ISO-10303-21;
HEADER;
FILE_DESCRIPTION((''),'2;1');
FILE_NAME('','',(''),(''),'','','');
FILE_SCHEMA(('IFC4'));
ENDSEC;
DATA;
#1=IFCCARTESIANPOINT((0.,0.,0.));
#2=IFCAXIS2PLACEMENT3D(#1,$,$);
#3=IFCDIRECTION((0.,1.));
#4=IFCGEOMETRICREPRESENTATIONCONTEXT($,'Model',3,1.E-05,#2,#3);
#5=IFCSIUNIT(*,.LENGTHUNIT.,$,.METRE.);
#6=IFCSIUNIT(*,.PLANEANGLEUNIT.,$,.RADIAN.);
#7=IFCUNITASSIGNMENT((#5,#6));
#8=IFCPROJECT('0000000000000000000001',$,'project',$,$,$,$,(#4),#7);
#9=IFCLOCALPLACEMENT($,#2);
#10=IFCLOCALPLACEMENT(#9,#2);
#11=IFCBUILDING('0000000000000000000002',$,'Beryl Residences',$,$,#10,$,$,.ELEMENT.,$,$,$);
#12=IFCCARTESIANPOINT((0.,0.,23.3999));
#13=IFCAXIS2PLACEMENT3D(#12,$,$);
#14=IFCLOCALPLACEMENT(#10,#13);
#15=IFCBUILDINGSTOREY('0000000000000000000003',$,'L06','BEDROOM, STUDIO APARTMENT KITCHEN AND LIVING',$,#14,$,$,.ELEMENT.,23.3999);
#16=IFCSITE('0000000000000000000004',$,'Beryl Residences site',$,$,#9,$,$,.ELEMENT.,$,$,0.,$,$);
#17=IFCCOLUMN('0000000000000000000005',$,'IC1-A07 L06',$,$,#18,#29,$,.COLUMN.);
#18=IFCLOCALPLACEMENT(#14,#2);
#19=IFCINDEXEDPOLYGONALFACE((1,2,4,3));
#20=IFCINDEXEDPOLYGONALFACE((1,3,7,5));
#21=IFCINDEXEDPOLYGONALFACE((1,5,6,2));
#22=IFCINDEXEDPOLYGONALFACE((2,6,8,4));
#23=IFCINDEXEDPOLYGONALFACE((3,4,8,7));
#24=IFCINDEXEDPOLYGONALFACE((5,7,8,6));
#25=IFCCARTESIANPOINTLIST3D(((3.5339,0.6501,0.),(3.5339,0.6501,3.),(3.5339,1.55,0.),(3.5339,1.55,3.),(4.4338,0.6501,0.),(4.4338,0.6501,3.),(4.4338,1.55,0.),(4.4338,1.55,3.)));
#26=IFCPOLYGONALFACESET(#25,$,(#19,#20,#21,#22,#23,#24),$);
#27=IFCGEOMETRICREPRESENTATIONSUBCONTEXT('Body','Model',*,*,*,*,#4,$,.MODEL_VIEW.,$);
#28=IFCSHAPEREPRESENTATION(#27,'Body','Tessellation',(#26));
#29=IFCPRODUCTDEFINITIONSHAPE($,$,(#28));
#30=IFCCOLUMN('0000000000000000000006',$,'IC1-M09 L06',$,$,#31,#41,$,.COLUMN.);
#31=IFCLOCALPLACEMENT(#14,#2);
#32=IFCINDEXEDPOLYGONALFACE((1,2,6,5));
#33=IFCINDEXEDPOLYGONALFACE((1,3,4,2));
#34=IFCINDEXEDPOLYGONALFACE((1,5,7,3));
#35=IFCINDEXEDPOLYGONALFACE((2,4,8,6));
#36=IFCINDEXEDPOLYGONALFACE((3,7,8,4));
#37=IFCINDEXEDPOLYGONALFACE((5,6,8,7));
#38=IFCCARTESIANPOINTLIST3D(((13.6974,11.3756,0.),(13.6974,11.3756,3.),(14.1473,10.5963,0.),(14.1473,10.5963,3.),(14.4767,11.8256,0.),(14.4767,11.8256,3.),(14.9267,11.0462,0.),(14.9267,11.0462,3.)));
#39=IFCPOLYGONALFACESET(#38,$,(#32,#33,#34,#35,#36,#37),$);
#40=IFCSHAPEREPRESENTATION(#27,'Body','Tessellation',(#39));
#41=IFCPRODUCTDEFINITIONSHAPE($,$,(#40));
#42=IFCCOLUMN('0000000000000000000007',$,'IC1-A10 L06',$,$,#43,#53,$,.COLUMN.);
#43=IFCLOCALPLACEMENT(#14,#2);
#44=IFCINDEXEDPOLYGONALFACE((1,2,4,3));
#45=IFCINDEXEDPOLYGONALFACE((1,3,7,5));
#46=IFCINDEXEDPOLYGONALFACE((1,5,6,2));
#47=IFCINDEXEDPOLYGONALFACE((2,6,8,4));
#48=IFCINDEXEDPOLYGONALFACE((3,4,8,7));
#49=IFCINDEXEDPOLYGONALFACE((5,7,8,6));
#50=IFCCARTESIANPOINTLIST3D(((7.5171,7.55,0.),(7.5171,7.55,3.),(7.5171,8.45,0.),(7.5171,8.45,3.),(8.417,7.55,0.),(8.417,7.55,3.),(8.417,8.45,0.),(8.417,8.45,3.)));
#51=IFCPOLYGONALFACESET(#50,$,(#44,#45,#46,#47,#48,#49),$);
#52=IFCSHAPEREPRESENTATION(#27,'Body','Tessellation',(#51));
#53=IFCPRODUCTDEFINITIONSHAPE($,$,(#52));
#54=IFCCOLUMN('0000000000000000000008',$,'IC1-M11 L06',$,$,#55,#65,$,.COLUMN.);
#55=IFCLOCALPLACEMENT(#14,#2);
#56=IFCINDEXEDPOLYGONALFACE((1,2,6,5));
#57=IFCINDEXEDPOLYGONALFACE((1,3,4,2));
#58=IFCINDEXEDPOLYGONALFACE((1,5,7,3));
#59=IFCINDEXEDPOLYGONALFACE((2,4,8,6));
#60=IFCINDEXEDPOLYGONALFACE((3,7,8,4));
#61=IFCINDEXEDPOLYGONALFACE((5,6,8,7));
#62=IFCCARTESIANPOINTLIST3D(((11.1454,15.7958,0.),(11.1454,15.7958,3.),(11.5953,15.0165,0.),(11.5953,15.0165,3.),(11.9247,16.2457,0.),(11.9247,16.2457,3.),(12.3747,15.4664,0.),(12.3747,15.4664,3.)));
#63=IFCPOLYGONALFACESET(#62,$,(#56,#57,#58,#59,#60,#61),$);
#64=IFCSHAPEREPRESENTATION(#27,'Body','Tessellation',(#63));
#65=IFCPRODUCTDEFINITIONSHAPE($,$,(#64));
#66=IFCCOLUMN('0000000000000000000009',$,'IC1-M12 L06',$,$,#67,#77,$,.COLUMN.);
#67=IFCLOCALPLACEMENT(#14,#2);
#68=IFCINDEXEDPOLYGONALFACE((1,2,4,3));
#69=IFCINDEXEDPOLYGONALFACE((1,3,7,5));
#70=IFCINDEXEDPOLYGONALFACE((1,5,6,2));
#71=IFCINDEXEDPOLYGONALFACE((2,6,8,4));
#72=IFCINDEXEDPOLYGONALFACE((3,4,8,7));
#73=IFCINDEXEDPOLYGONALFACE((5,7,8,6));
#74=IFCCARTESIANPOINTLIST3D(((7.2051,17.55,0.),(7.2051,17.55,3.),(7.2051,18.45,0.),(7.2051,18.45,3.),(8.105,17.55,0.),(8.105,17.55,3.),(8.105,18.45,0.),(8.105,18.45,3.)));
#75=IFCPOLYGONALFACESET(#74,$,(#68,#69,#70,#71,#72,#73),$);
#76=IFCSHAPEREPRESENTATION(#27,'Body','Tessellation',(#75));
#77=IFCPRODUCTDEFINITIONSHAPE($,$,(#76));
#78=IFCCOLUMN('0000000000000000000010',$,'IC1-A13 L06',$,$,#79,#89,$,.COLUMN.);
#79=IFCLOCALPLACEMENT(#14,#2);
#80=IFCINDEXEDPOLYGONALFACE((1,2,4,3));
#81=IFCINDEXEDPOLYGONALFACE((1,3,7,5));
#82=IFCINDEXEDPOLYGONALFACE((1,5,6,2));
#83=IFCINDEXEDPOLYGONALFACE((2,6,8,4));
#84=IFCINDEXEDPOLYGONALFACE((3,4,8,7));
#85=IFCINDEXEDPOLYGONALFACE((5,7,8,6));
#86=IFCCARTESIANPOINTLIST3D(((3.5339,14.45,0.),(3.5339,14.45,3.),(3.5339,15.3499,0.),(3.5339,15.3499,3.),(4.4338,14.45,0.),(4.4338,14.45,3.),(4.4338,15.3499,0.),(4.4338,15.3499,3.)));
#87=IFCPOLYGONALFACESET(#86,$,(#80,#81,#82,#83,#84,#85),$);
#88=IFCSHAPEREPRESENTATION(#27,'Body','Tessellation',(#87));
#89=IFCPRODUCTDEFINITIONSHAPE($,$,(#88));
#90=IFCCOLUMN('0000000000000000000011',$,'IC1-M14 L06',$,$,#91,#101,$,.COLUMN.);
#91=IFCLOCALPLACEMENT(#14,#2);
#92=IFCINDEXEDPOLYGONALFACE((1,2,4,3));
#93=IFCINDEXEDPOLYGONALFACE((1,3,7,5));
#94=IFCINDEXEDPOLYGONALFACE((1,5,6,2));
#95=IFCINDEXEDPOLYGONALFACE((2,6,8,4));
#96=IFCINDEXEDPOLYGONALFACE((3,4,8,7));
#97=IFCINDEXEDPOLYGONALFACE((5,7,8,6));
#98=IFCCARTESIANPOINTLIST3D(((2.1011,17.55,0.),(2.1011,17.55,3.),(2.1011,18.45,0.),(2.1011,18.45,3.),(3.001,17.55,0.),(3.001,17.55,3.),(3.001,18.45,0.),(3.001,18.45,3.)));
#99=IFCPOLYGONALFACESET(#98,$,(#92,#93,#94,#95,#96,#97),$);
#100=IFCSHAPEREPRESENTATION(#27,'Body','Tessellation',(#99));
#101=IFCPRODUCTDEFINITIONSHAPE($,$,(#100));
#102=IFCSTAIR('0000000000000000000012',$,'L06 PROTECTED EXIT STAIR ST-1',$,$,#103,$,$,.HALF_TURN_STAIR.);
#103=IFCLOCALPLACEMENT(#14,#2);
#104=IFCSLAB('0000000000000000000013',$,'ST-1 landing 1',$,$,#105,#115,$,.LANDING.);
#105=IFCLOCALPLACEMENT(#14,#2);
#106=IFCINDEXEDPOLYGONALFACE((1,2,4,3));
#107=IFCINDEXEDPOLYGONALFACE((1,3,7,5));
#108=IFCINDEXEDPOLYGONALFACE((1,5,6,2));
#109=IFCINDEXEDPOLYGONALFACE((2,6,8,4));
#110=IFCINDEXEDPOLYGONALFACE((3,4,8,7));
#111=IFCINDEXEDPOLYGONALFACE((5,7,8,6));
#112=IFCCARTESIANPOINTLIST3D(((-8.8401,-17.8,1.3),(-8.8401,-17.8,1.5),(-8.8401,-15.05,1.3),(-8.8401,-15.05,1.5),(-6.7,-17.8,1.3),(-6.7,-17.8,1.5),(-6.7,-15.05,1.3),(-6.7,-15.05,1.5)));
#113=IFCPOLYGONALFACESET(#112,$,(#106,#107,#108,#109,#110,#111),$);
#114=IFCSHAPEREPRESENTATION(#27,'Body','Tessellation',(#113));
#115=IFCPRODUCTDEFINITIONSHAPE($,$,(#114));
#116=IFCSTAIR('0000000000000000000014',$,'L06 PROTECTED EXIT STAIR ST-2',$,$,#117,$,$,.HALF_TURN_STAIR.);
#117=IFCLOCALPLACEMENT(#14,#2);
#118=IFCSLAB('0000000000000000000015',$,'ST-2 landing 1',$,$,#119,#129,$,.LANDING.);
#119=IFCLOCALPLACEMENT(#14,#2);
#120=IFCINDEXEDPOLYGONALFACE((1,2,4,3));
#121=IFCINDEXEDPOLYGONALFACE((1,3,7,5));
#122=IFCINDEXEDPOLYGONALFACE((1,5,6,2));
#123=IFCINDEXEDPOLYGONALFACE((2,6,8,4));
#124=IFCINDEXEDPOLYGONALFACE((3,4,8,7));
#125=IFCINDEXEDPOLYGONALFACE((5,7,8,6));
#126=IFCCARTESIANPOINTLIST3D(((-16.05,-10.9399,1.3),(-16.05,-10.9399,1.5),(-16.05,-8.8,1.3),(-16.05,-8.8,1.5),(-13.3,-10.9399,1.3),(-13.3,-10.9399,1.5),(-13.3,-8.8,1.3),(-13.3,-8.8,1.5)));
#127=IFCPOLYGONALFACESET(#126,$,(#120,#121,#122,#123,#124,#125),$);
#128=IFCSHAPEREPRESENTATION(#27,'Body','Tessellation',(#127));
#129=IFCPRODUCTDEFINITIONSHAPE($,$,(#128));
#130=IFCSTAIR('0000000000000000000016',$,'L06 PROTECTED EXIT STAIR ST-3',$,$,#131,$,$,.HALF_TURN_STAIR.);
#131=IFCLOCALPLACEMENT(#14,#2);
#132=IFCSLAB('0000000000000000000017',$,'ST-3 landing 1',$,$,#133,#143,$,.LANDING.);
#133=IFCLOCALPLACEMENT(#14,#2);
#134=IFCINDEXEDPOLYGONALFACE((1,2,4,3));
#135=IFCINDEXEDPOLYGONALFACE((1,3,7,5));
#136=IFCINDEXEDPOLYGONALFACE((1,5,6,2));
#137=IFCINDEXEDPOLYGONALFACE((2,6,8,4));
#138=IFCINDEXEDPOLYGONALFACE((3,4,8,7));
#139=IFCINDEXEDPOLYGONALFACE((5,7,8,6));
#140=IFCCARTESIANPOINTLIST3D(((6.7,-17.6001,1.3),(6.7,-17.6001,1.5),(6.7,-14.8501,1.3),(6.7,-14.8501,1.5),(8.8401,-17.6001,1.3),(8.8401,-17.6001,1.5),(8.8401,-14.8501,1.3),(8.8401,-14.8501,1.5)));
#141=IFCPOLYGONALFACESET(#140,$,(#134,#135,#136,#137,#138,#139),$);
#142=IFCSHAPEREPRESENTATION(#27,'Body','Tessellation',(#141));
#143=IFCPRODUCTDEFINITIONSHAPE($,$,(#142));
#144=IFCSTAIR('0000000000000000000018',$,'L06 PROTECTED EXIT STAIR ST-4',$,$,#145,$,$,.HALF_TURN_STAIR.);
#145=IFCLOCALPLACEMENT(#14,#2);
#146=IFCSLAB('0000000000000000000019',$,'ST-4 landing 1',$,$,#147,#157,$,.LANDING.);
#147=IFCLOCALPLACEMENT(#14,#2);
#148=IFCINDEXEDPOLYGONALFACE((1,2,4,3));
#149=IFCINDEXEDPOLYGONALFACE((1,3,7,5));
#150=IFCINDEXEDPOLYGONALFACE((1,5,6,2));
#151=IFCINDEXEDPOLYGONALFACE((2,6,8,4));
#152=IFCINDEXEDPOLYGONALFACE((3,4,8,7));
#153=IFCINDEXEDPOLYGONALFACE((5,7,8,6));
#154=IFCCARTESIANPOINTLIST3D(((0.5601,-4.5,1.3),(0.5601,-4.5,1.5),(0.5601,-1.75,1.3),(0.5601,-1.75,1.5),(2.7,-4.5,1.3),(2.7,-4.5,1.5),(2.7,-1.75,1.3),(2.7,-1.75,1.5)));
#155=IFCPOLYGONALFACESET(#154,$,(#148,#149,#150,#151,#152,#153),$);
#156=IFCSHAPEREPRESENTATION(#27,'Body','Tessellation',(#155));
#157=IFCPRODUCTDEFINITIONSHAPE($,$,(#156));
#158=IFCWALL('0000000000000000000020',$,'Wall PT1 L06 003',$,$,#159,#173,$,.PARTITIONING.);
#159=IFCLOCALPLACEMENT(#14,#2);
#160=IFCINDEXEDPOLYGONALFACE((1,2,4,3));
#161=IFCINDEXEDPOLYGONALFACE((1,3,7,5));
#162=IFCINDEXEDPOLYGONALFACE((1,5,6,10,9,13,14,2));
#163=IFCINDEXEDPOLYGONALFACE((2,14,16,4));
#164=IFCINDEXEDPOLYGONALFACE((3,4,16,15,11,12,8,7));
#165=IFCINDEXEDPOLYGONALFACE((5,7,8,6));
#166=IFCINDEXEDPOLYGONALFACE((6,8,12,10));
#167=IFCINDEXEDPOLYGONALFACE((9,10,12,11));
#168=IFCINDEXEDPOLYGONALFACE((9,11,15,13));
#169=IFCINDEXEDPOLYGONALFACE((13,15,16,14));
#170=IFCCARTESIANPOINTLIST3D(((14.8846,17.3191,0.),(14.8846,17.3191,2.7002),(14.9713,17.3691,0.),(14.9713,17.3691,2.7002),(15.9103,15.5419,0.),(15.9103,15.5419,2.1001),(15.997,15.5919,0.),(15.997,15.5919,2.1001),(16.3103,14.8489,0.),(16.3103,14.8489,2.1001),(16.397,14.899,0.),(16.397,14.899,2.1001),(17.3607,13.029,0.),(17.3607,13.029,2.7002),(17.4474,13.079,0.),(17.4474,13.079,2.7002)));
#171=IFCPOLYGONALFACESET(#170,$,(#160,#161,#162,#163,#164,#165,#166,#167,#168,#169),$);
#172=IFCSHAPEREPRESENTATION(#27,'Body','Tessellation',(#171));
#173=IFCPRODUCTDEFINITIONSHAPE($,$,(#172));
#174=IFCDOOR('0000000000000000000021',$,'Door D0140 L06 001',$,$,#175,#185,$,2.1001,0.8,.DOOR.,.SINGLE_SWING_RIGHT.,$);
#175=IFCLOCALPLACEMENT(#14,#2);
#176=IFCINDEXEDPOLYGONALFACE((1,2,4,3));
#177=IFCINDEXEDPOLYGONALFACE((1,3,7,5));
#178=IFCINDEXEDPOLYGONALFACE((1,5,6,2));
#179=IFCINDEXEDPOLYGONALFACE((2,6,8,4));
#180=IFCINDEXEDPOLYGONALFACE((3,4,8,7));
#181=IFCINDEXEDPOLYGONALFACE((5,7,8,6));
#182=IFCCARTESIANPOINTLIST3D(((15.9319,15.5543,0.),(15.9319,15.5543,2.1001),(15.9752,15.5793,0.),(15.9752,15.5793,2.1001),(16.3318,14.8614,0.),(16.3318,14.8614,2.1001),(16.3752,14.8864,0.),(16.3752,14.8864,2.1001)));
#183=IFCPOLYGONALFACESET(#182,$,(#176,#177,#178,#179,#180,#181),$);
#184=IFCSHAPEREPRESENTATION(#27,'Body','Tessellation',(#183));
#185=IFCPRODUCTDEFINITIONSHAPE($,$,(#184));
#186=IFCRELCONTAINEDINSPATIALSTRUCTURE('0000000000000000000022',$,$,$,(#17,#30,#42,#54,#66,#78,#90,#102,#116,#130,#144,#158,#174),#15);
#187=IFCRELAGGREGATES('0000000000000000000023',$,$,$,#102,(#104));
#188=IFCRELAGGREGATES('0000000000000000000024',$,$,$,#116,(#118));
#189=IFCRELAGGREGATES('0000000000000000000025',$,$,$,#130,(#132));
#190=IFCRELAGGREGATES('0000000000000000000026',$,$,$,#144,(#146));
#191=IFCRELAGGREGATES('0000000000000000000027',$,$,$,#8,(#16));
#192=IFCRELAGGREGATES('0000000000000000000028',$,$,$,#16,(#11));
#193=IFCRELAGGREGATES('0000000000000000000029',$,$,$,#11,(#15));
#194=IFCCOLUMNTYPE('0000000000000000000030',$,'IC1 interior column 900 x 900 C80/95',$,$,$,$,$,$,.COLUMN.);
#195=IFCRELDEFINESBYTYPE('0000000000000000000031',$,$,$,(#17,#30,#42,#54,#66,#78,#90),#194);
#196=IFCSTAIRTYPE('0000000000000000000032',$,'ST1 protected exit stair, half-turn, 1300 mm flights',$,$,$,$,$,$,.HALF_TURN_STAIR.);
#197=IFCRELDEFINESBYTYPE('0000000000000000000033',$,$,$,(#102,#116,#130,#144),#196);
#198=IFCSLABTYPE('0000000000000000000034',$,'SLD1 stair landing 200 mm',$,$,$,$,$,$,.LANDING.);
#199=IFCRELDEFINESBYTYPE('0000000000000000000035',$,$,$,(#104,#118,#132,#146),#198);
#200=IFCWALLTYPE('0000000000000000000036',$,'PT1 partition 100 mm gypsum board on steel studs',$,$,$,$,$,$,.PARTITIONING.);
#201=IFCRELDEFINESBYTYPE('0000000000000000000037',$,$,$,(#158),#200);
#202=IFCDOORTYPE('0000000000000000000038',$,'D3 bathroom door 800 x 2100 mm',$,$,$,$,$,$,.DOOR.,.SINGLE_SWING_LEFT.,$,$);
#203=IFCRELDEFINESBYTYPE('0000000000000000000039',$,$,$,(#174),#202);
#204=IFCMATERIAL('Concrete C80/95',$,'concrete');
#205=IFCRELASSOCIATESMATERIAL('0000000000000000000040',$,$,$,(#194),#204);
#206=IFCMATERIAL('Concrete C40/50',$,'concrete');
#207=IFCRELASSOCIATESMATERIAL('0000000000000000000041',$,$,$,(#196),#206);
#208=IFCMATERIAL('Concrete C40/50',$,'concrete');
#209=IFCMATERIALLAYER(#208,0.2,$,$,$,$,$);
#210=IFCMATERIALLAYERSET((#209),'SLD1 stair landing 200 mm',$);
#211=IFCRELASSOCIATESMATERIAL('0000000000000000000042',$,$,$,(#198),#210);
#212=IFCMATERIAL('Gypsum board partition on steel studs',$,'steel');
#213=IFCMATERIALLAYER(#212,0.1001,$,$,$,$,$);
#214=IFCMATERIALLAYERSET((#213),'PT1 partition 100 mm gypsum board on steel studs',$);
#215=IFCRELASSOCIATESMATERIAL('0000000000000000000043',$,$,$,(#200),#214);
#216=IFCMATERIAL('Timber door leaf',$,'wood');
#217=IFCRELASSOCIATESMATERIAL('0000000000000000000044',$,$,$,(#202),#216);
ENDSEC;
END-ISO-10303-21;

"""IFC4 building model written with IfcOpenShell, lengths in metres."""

from ifc_helpers import new_model, si_unit, direction, frame, frame_2d, origin, origin_2d, place, context, subcontext, project, spatial, polyline, rectangle, outline, extrude, material, layer, layer_set, material_profile, profile_set, type_object, element, fill, aggregate, save


model = new_model("IFC4")

# Units and contexts
model_context = context("Model", 3, precision=1e-05, world=origin(), true_north=direction((0.0, 1.0)))
body_context = subcontext(model_context, "Body", "Model", "MODEL_VIEW")
ifc_project = project(units=[si_unit("LENGTHUNIT", "METRE"), si_unit("PLANEANGLEUNIT", "RADIAN")], contexts=[model_context])

# Site, building, storey
site_placement = place(None, origin())
site = spatial("IfcSite", under=ifc_project, at=site_placement, Name="Beryl Residences site", CompositionType="ELEMENT", RefElevation=0.0)
building_placement = place(site_placement, origin())
building = spatial("IfcBuilding", under=site, at=building_placement, Name="Beryl Residences", CompositionType="ELEMENT")
storey_placement = place(building_placement, frame((0.0, 0.0, 23.3999)))
storey = spatial("IfcBuildingStorey", under=building, at=storey_placement, Name="L06", Description="BEDROOM, STUDIO APARTMENT KITCHEN AND LIVING", CompositionType="ELEMENT", Elevation=23.3999)

# Columns
ifc_material_1 = material(Name="Concrete C80/95", Category="concrete")
ifc_material_profile = material_profile(ifc_material_1, rectangle(XDim=0.8999, YDim=0.8999, at=origin_2d()))
ifc_profile_set = profile_set([ifc_material_profile], Name="Concrete C80/95")
column_type = type_object("IfcColumnType", Name="IC1 interior column 900 x 900 C80/95", PredefinedType="COLUMN", material=ifc_profile_set)
for number, where, z_axis, x_axis, name in (
    (1, (3.9839, 1.1001, 0.0), (0.0, 0.0, 1.0), (1.0, 0.0, 0.0), "IC1-A07 L06"),
    (2, (14.312, 11.2109, 0.0), (0.0, 0.0, 1.0), (-0.499985, 0.866034, 0.0), "IC1-M09 L06"),
    (3, (7.967, 8.0, 0.0), (0.0, 0.0, 1.0), (1.0, 0.0, 0.0), "IC1-A10 L06"),
    (4, (11.76, 15.6311, 0.0), (0.0, 0.0, 1.0), (-0.499985, 0.866034, 0.0), "IC1-M11 L06"),
    (5, (7.655, 18.0, 0.0), (0.0, 0.0, 1.0), (-1.0, 0.0, 0.0), "IC1-M12 L06"),
    (6, (3.9839, 14.8999, 0.0), (0.0, 0.0, 1.0), (1.0, 0.0, 0.0), "IC1-A13 L06"),
    (7, (2.551, 18.0, 0.0), (0.0, 0.0, 1.0), (-1.0, 0.0, 0.0), "IC1-M14 L06"),
):
    element("IfcColumn", number, at=place(storey_placement, frame(where, z_axis=z_axis, x_axis=x_axis)), inside=storey, type_object=column_type, Name=name, PredefinedType="COLUMN", context=body_context, shape_type="SweptSolid", body=[
        extrude(rectangle(XDim=0.8999, YDim=0.8999, at=origin_2d()), origin(), (0.0, 0.0, 1.0), 3.0),
    ])

# Stairs, slabs
ifc_material_2 = material(Name="Concrete C40/50", Category="concrete")
stair_type = type_object("IfcStairType", Name="ST1 protected exit stair, half-turn, 1300 mm flights", PredefinedType="HALF_TURN_STAIR", material=ifc_material_2)
stair_1_placement = place(storey_placement, origin())
stair_1 = element("IfcStair", 8, at=stair_1_placement, inside=storey, type_object=stair_type, Name="L06 PROTECTED EXIT STAIR ST-1", PredefinedType="HALF_TURN_STAIR")
ifc_material_3 = material(Name="Concrete C40/50", Category="concrete")
ifc_layer_1 = layer(ifc_material_3, 0.2)
ifc_layer_set_1 = layer_set([ifc_layer_1], Name="SLD1 stair landing 200 mm")
slab_type_1 = type_object("IfcSlabType", Name="SLD1 stair landing 200 mm", PredefinedType="LANDING", material=ifc_layer_set_1)
slab_1_placement = place(storey_placement, frame((0.0, 0.0, 1.3)))
slab_1 = element("IfcSlab", 9, at=slab_1_placement, type_object=slab_type_1, Name="ST-1 landing 1", PredefinedType="LANDING", context=body_context, shape_type="SweptSolid", body=[
    extrude(outline(polyline([(-8.8401, -17.8), (-6.7, -17.8), (-6.7, -15.05), (-8.8401, -15.05), (-8.8401, -17.8)])), origin(), (0.0, 0.0, 1.0), 0.2),
])
aggregate(stair_1, [slab_1])
stair_2_placement = place(storey_placement, origin())
stair_2 = element("IfcStair", 10, at=stair_2_placement, inside=storey, type_object=stair_type, Name="L06 PROTECTED EXIT STAIR ST-2", PredefinedType="HALF_TURN_STAIR")
slab_2_placement = place(storey_placement, frame((0.0, 0.0, 1.3)))
slab_2 = element("IfcSlab", 11, at=slab_2_placement, type_object=slab_type_1, Name="ST-2 landing 1", PredefinedType="LANDING", context=body_context, shape_type="SweptSolid", body=[
    extrude(outline(polyline([(-13.3, -10.9399), (-13.3, -8.8), (-16.05, -8.8), (-16.05, -10.9399), (-13.3, -10.9399)])), origin(), (0.0, 0.0, 1.0), 0.2),
])
aggregate(stair_2, [slab_2])
stair_3_placement = place(storey_placement, origin())
stair_3 = element("IfcStair", 12, at=stair_3_placement, inside=storey, type_object=stair_type, Name="L06 PROTECTED EXIT STAIR ST-3", PredefinedType="HALF_TURN_STAIR")
slab_3_placement = place(storey_placement, frame((0.0, 0.0, 1.3)))
slab_3 = element("IfcSlab", 13, at=slab_3_placement, type_object=slab_type_1, Name="ST-3 landing 1", PredefinedType="LANDING", context=body_context, shape_type="SweptSolid", body=[
    extrude(outline(polyline([(8.8401, -14.8501), (6.7, -14.8501), (6.7, -17.6001), (8.8401, -17.6001), (8.8401, -14.8501)])), origin(), (0.0, 0.0, 1.0), 0.2),
])
aggregate(stair_3, [slab_3])
stair_4_placement = place(storey_placement, origin())
stair_4 = element("IfcStair", 14, at=stair_4_placement, inside=storey, type_object=stair_type, Name="L06 PROTECTED EXIT STAIR ST-4", PredefinedType="HALF_TURN_STAIR")
slab_4_placement = place(storey_placement, frame((0.0, 0.0, 1.3)))
slab_4 = element("IfcSlab", 15, at=slab_4_placement, type_object=slab_type_1, Name="ST-4 landing 1", PredefinedType="LANDING", context=body_context, shape_type="SweptSolid", body=[
    extrude(outline(polyline([(0.5601, -4.5), (2.7, -4.5), (2.7, -1.75), (0.5601, -1.75), (0.5601, -4.5)])), origin(), (0.0, 0.0, 1.0), 0.2),
])
aggregate(stair_4, [slab_4])

# Wall, opening, door
ifc_material_4 = material(Name="Gypsum board partition on steel studs", Category="steel")
ifc_layer_2 = layer(ifc_material_4, 0.1001)
ifc_layer_set_2 = layer_set([ifc_layer_2], Name="PT1 partition 100 mm gypsum board on steel studs")
wall_type_1 = type_object("IfcWallType", Name="PT1 partition 100 mm gypsum board on steel studs", PredefinedType="PARTITIONING", material=ifc_layer_set_2)
wall_1_placement = place(storey_placement, frame((14.928, 17.344, 0.0), z_axis=(0.0, 0.0, 1.0), x_axis=(0.499882, -0.866094, 0.0)))
wall_1 = element("IfcWall", 16, at=wall_1_placement, inside=storey, type_object=wall_type_1, Name="Wall PT1 L06 003", PredefinedType="PARTITIONING", context=body_context, shape_type="SweptSolid", body=[
    extrude(rectangle(XDim=4.9534, YDim=0.1001, at=frame_2d((2.4766, 0.0))), origin(), (0.0, 0.0, 1.0), 2.7002),
])
opening_1_placement = place(wall_1_placement, frame((2.052, 0.0, 0.0)))
opening_1 = element("IfcOpeningElement", 17, at=opening_1_placement, cuts=wall_1, PredefinedType="OPENING", context=body_context, shape_type="SweptSolid", body=[
    extrude(rectangle(XDim=0.8, YDim=2.1001, at=frame_2d((0.3999, 1.05))), frame((0.0, 0.0601, 0.0), z_axis=(0.0, -1.0, 0.0), x_axis=(1.0, 0.0, 0.0)), (0.0, 0.0, 1.0), 0.1201),
])
ifc_material_5 = material(Name="Timber door leaf", Category="wood")
door_type_1 = type_object("IfcDoorType", Name="D3 bathroom door 800 x 2100 mm", OperationType="SINGLE_SWING_LEFT", PredefinedType="DOOR", material=ifc_material_5)
door_1_placement = place(opening_1_placement, origin())
door_1 = element("IfcDoor", 18, at=door_1_placement, inside=storey, type_object=door_type_1, Name="Door D0140 L06 001", OperationType="SINGLE_SWING_RIGHT", OverallHeight=2.1001, OverallWidth=0.8, PredefinedType="DOOR", context=body_context, shape_type="SweptSolid", body=[
    extrude(rectangle(XDim=0.8, YDim=2.1001, at=frame_2d((0.3999, 1.05))), frame((0.0, 0.0249, 0.0), z_axis=(0.0, -1.0, 0.0), x_axis=(1.0, 0.0, 0.0)), (0.0, 0.0, 1.0), 0.05),
])
fill(opening_1, door_1)

save(model, "model.ifc")
